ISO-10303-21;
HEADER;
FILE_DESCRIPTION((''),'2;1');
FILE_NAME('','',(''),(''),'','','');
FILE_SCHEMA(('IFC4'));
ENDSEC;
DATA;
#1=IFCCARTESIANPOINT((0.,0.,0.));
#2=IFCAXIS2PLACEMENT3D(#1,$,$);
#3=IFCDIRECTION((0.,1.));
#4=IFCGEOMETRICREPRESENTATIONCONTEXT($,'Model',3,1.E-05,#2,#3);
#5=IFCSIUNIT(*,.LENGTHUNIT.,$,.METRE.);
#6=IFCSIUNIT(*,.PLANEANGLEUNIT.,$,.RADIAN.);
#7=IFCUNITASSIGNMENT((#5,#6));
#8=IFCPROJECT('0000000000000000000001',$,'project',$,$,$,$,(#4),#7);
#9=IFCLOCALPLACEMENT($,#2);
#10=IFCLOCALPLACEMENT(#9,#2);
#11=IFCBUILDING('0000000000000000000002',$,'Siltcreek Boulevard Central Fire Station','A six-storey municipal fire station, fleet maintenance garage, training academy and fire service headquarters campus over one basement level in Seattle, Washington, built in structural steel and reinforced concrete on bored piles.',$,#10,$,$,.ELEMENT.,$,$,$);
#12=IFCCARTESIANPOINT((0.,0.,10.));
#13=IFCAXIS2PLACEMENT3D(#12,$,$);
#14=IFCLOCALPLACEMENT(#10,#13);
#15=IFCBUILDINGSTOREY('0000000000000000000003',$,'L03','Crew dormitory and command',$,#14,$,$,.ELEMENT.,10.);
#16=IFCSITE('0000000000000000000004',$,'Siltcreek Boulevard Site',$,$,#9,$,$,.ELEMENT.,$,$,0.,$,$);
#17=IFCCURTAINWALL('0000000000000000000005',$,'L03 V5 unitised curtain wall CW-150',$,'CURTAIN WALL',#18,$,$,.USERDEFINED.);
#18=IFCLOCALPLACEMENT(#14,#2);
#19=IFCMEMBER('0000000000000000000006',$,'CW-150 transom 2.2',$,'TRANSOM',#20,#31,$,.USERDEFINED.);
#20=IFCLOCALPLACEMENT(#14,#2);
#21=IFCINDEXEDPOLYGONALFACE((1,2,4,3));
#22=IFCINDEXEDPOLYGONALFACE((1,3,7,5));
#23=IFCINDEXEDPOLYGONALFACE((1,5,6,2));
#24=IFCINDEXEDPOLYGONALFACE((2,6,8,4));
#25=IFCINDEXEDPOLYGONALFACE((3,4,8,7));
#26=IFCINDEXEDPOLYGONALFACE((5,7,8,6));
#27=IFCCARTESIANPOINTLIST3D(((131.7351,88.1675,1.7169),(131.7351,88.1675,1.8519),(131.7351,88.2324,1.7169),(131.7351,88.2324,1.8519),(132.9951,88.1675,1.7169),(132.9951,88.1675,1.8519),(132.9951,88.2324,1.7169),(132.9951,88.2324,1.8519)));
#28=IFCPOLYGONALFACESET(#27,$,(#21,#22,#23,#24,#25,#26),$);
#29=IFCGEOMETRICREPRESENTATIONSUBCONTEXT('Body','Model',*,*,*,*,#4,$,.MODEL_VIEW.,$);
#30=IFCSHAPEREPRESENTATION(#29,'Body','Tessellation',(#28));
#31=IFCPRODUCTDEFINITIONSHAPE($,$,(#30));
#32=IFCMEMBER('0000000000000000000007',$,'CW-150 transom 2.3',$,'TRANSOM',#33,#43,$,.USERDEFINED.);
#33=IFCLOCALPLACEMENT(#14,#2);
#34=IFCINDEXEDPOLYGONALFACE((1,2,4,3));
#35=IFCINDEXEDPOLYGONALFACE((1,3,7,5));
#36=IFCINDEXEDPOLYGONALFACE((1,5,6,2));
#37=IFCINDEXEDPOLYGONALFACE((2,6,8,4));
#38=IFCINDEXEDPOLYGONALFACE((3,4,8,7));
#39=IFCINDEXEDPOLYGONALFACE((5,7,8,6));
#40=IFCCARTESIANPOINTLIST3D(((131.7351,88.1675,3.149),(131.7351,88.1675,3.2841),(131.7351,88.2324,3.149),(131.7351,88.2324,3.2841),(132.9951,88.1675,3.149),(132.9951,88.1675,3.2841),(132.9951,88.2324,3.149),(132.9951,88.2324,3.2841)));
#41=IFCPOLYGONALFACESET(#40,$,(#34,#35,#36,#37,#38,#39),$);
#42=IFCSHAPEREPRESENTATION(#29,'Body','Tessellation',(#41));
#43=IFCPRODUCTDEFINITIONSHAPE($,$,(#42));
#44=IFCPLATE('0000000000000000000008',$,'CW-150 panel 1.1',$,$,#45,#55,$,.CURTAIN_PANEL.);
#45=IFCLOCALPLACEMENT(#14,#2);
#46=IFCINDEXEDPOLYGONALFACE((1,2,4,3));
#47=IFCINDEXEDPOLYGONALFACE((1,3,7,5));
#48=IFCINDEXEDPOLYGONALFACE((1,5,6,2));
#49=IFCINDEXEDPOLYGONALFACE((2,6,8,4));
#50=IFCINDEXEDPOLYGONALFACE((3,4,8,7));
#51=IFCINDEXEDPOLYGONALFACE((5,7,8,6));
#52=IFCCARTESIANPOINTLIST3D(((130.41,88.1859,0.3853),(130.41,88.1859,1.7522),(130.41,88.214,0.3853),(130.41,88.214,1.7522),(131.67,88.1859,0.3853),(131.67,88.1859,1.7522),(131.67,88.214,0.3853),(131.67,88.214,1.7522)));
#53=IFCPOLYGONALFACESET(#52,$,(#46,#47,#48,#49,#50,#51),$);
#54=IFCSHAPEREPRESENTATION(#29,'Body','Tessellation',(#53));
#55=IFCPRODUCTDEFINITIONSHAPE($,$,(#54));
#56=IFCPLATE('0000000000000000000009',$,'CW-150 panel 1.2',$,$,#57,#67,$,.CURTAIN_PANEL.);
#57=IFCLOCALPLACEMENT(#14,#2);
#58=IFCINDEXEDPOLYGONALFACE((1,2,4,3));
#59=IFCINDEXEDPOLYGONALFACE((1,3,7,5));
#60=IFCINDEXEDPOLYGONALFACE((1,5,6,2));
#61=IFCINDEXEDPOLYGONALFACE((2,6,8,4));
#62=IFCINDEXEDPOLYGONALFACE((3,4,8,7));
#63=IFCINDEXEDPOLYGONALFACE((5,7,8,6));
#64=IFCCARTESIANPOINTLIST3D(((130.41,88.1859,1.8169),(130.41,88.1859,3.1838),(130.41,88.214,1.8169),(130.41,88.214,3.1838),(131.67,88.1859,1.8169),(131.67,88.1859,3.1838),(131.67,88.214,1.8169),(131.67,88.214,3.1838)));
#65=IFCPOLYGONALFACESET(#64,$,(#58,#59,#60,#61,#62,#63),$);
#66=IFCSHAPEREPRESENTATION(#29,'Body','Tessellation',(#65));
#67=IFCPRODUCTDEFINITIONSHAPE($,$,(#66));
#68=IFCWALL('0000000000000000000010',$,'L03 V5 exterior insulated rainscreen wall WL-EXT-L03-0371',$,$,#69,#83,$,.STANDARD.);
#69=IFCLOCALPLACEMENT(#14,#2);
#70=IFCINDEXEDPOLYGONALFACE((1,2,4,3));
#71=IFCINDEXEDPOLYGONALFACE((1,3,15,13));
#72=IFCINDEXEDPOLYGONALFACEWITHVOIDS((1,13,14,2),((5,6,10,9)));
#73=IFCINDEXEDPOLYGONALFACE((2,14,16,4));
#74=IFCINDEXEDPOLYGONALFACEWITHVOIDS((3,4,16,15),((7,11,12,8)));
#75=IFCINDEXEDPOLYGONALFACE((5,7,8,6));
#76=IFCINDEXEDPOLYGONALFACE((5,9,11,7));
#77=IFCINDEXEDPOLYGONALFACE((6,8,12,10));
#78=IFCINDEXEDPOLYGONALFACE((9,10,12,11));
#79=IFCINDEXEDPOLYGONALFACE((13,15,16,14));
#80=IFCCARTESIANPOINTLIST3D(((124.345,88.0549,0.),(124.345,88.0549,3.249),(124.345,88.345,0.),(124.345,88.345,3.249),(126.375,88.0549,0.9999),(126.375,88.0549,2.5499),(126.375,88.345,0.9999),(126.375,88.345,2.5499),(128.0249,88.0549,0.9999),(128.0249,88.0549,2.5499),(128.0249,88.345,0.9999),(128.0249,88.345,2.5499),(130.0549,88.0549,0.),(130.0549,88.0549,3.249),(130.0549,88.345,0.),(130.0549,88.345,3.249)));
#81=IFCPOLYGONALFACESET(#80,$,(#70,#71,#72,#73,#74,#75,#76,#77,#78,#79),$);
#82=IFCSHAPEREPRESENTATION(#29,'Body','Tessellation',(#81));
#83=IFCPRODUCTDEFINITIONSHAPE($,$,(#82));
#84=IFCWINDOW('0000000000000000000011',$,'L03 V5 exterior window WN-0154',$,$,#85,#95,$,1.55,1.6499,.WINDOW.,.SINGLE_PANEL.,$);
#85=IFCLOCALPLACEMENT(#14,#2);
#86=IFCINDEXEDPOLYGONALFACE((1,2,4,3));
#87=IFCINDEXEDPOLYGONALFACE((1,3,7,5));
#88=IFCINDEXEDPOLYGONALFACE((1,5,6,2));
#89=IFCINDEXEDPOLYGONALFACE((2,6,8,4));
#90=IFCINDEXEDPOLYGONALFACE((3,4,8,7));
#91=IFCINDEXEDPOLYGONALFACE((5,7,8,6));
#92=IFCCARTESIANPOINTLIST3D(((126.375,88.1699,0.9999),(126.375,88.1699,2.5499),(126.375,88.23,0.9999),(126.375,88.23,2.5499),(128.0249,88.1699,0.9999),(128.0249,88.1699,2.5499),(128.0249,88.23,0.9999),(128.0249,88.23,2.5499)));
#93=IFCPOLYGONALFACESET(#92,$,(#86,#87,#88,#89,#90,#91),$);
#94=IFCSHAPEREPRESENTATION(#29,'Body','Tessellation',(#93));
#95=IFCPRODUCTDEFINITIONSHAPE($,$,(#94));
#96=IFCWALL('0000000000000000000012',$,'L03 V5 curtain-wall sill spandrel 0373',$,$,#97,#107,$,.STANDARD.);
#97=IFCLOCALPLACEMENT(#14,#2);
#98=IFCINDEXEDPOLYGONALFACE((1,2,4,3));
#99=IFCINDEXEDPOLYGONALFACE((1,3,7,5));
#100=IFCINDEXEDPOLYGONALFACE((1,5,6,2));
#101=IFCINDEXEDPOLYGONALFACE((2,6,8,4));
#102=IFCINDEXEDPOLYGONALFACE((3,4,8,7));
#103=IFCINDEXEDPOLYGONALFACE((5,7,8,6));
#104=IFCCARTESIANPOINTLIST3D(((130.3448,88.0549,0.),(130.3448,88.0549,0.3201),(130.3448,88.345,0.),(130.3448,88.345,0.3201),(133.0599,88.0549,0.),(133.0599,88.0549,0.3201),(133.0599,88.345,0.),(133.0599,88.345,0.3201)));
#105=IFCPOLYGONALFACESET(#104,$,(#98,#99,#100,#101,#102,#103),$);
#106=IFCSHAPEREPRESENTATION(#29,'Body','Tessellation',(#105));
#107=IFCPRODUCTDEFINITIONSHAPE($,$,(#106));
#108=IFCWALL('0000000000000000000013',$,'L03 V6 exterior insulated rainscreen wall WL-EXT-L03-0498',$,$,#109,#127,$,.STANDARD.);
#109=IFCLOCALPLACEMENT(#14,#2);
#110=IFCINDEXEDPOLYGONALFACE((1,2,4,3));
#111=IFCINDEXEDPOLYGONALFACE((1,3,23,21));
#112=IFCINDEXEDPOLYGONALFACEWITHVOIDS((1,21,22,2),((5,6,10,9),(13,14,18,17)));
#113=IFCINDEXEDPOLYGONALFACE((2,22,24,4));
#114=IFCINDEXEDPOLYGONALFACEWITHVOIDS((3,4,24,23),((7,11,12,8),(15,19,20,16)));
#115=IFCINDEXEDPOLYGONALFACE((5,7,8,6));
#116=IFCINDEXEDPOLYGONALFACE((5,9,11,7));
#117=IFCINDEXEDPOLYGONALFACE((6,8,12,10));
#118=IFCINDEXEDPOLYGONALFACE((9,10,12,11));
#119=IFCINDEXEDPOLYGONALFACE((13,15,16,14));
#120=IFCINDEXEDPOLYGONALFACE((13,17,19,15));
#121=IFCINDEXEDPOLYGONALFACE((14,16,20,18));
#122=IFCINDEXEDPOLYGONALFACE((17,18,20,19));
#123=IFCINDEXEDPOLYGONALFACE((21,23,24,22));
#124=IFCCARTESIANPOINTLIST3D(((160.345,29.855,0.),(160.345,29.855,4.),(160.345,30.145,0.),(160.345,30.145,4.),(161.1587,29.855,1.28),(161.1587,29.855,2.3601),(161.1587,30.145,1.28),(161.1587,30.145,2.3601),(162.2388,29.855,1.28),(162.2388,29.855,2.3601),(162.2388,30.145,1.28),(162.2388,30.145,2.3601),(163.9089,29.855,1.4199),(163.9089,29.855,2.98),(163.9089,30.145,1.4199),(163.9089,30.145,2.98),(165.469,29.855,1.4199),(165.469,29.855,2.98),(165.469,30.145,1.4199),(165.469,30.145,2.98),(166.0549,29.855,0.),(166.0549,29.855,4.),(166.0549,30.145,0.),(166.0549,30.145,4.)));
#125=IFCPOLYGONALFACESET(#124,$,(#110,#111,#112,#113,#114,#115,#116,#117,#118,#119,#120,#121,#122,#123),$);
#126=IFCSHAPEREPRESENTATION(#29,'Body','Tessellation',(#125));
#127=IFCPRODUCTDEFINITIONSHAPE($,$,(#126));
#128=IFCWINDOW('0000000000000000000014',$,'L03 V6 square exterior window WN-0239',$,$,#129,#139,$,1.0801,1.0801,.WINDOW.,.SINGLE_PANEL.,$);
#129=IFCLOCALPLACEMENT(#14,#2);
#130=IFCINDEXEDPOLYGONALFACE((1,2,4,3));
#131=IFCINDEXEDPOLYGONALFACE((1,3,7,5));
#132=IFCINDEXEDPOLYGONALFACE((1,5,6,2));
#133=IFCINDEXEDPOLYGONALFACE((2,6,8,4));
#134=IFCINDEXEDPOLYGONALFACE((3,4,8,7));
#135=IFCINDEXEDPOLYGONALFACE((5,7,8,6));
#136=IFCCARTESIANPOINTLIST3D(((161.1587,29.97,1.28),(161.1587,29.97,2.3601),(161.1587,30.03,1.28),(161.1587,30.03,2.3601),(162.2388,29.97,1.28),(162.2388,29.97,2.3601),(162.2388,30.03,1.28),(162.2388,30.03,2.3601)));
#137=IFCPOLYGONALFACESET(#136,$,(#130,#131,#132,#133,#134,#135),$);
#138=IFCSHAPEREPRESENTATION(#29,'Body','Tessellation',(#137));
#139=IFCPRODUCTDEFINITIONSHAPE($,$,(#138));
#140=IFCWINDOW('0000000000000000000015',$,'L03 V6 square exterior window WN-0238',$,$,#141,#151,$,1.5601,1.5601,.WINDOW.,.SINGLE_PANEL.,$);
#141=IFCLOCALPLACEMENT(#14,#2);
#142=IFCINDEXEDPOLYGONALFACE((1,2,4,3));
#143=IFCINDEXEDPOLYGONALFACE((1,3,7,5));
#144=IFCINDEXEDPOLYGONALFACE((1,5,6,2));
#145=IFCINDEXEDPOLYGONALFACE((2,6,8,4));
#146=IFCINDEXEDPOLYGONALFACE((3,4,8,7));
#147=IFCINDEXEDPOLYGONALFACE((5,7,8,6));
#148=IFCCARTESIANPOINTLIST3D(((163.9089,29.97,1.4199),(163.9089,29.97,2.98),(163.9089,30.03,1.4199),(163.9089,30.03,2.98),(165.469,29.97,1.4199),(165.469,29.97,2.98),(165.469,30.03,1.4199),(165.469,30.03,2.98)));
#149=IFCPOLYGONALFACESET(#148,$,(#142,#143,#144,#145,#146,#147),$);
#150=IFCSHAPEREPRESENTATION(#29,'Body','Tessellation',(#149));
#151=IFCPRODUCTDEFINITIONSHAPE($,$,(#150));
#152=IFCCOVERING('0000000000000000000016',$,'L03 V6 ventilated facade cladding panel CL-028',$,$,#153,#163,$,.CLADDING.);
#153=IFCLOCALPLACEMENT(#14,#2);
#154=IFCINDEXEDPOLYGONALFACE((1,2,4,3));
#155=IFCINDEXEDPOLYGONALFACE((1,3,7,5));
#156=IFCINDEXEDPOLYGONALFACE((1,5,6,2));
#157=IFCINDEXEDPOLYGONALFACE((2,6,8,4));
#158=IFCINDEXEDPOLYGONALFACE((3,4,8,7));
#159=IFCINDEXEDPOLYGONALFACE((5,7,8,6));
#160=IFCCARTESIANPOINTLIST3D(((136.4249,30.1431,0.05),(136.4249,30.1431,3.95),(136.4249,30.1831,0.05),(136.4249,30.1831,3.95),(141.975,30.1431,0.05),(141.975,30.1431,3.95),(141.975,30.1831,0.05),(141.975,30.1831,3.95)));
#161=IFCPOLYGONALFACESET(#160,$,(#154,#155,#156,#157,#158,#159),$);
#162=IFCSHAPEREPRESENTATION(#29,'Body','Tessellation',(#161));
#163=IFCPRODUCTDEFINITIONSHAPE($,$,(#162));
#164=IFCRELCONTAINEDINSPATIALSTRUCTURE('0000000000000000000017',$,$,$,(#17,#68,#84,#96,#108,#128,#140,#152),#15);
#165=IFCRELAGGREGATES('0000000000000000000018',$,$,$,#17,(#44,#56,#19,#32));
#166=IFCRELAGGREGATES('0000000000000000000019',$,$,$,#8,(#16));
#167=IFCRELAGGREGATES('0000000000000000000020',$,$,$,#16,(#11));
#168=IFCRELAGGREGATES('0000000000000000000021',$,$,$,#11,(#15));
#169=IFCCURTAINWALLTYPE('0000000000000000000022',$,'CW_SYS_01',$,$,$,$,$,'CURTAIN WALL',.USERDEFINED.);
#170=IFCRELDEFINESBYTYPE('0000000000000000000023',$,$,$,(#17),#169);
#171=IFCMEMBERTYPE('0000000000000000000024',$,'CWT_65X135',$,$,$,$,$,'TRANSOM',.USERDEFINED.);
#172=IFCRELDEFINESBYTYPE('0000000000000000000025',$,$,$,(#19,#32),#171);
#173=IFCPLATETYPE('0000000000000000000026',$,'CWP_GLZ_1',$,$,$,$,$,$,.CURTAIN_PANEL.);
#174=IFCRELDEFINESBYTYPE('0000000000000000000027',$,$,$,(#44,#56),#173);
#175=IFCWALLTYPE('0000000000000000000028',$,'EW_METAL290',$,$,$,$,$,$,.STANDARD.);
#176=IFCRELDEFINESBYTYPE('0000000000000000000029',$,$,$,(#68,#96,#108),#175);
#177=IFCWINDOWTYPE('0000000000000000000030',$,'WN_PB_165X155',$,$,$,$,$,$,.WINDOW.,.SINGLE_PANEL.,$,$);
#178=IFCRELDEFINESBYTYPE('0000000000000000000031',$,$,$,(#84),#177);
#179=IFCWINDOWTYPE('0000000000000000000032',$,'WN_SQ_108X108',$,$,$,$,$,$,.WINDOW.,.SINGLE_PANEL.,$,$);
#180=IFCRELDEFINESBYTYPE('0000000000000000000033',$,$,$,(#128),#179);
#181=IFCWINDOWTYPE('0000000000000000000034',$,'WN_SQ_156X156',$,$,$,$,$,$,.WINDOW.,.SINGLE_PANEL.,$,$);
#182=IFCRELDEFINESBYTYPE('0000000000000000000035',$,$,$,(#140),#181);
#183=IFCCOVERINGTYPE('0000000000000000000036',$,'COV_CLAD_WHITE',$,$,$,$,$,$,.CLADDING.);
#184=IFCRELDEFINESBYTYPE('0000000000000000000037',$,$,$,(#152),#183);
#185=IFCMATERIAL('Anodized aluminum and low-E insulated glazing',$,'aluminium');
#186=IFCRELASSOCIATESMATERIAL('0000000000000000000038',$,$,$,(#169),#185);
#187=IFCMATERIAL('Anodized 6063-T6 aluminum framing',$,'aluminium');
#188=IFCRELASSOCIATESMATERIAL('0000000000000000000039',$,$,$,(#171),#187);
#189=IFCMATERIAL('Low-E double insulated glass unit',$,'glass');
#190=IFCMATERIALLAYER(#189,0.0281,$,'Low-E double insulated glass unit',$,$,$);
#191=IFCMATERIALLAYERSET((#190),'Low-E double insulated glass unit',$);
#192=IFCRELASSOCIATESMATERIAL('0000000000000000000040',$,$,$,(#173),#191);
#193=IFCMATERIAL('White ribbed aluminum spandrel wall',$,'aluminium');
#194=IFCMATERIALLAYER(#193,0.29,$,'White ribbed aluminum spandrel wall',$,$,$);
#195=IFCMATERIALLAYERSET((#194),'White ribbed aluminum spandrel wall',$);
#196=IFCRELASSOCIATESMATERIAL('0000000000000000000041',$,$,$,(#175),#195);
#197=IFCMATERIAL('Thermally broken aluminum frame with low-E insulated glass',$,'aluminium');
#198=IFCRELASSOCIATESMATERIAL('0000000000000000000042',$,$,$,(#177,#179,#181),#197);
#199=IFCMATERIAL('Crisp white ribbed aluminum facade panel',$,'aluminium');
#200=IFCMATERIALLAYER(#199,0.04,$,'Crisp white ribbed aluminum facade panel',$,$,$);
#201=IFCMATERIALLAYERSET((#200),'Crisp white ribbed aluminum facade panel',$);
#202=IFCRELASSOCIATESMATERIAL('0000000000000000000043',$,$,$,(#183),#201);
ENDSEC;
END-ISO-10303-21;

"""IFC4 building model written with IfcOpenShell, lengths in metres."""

from ifc_helpers import new_model, si_unit, direction, frame, frame_2d, origin, origin_2d, place, context, subcontext, project, spatial, rectangle, extrude, material, layer, layer_set, material_profile, profile_set, type_object, element, fill, aggregate, save


model = new_model("IFC4")

# Units and contexts
model_context = context("Model", 3, precision=1e-05, world=origin(), true_north=direction((0.0, 1.0)))
body_context = subcontext(model_context, "Body", "Model", "MODEL_VIEW")
ifc_project = project(units=[si_unit("LENGTHUNIT", "METRE"), si_unit("PLANEANGLEUNIT", "RADIAN")], contexts=[model_context])

# Site, building, storey
site_placement = place(None, origin())
site = spatial("IfcSite", under=ifc_project, at=site_placement, Name="Siltcreek Boulevard Site", CompositionType="ELEMENT", RefElevation=0.0)
building_placement = place(site_placement, origin())
building = spatial("IfcBuilding", under=site, at=building_placement, Name="Siltcreek Boulevard Central Fire Station", Description="A six-storey municipal fire station, fleet maintenance garage, training academy and fire service headquarters campus over one basement level in Seattle, Washington, built in structural steel and reinforced concrete on bored piles.", CompositionType="ELEMENT")
storey_placement = place(building_placement, frame((0.0, 0.0, 10.0)))
storey = spatial("IfcBuildingStorey", under=building, at=storey_placement, Name="L03", Description="Crew dormitory and command", CompositionType="ELEMENT", Elevation=10.0)

# Curtain wall, members, plates
ifc_material_1 = material(Name="Anodized aluminum and low-E insulated glazing", Category="aluminium")
curtain_wall_type = type_object("IfcCurtainWallType", Name="CW_SYS_01", ElementType="CURTAIN WALL", PredefinedType="USERDEFINED", material=ifc_material_1)
curtain_wall_placement = place(storey_placement, origin())
curtain_wall = element("IfcCurtainWall", 1, at=curtain_wall_placement, inside=storey, type_object=curtain_wall_type, Name="L03 V5 unitised curtain wall CW-150", ObjectType="CURTAIN WALL", PredefinedType="USERDEFINED")
ifc_material_2 = material(Name="Anodized 6063-T6 aluminum framing", Category="aluminium")
ifc_material_profile_1 = material_profile(ifc_material_2, rectangle(XDim=0.0649, YDim=0.135, at=origin_2d()), Name="TRAN65X135")
ifc_profile_set_1 = profile_set([ifc_material_profile_1], Name="Anodized 6063-T6 aluminum framing")
member_type_1 = type_object("IfcMemberType", Name="CWT_65X135", ElementType="TRANSOM", PredefinedType="USERDEFINED", material=ifc_profile_set_1)
member_1_placement = place(storey_placement, frame((131.7351, 88.2, 1.7844), z_axis=(1.0, 0.0, 0.0), x_axis=(0.0, 1.0, 0.0)))
member_1 = element("IfcMember", 2, at=member_1_placement, type_object=member_type_1, Name="CW-150 transom 2.2", ObjectType="TRANSOM", PredefinedType="USERDEFINED", context=body_context, shape_type="SweptSolid", body=[
    extrude(rectangle(XDim=0.0649, YDim=0.135, at=origin_2d()), origin(), (0.0, 0.0, 1.0), 1.26),
])
member_2_placement = place(storey_placement, frame((131.7351, 88.2, 3.2166), z_axis=(1.0, 0.0, 0.0), x_axis=(0.0, 1.0, 0.0)))
member_2 = element("IfcMember", 3, at=member_2_placement, type_object=member_type_1, Name="CW-150 transom 2.3", ObjectType="TRANSOM", PredefinedType="USERDEFINED", context=body_context, shape_type="SweptSolid", body=[
    extrude(rectangle(XDim=0.0649, YDim=0.135, at=origin_2d()), origin(), (0.0, 0.0, 1.0), 1.26),
])
ifc_material_3 = material(Name="Low-E double insulated glass unit", Category="glass")
ifc_layer_1 = layer(ifc_material_3, 0.0281, Name="Low-E double insulated glass unit")
ifc_layer_set_1 = layer_set([ifc_layer_1], Name="Low-E double insulated glass unit")
plate_type = type_object("IfcPlateType", Name="CWP_GLZ_1", PredefinedType="CURTAIN_PANEL", material=ifc_layer_set_1)
plate_1_placement = place(storey_placement, frame((131.04, 88.2, 0.3853), z_axis=(0.0, 0.0, 1.0), x_axis=(1.0, 0.0, 0.0)))
plate_1 = element("IfcPlate", 4, at=plate_1_placement, type_object=plate_type, Name="CW-150 panel 1.1", PredefinedType="CURTAIN_PANEL", context=body_context, shape_type="SweptSolid", body=[
    extrude(rectangle(XDim=1.26, YDim=0.0281, at=origin_2d()), origin(), (0.0, 0.0, 1.0), 1.3669),
])
plate_2_placement = place(storey_placement, frame((131.04, 88.2, 1.8169), z_axis=(0.0, 0.0, 1.0), x_axis=(1.0, 0.0, 0.0)))
plate_2 = element("IfcPlate", 5, at=plate_2_placement, type_object=plate_type, Name="CW-150 panel 1.2", PredefinedType="CURTAIN_PANEL", context=body_context, shape_type="SweptSolid", body=[
    extrude(rectangle(XDim=1.26, YDim=0.0281, at=origin_2d()), origin(), (0.0, 0.0, 1.0), 1.3669),
])
aggregate(curtain_wall, [plate_1, plate_2, member_1, member_2])

# Wall, opening, window
ifc_material_4 = material(Name="White ribbed aluminum spandrel wall", Category="aluminium")
ifc_layer_2 = layer(ifc_material_4, 0.29, Name="White ribbed aluminum spandrel wall")
ifc_layer_set_2 = layer_set([ifc_layer_2], Name="White ribbed aluminum spandrel wall")
wall_type = type_object("IfcWallType", Name="EW_METAL290", PredefinedType="STANDARD", material=ifc_layer_set_2)
wall_1_placement = place(storey_placement, frame((124.345, 88.2, 0.0), z_axis=(0.0, 0.0, 1.0), x_axis=(1.0, 0.0, 0.0)))
wall_1 = element("IfcWall", 6, at=wall_1_placement, inside=storey, type_object=wall_type, Name="L03 V5 exterior insulated rainscreen wall WL-EXT-L03-0371", PredefinedType="STANDARD", context=body_context, shape_type="SweptSolid", body=[
    extrude(rectangle(XDim=5.71, YDim=0.29, at=frame_2d((2.855, 0.0))), origin(), (0.0, 0.0, 1.0), 3.249),
])
opening_1_placement = place(wall_1_placement, frame((2.03, 0.0, 1.0)))
opening_1 = element("IfcOpeningElement", 7, at=opening_1_placement, cuts=wall_1, PredefinedType="OPENING", context=body_context, shape_type="SweptSolid", body=[
    extrude(rectangle(XDim=1.6499, YDim=1.55, at=frame_2d((0.825, 0.7749))), frame((0.0, 0.155, 0.0), z_axis=(0.0, -1.0, 0.0), x_axis=(1.0, 0.0, 0.0)), (0.0, 0.0, 1.0), 0.3101),
])
ifc_material_5 = material(Name="Thermally broken aluminum frame with low-E insulated glass", Category="aluminium")
window_type_1 = type_object("IfcWindowType", Name="WN_PB_165X155", PartitioningType="SINGLE_PANEL", PredefinedType="WINDOW", material=ifc_material_5)
window_1_placement = place(opening_1_placement, origin())
window_1 = element("IfcWindow", 8, at=window_1_placement, inside=storey, type_object=window_type_1, Name="L03 V5 exterior window WN-0154", OverallHeight=1.55, OverallWidth=1.6499, PartitioningType="SINGLE_PANEL", PredefinedType="WINDOW", context=body_context, shape_type="SweptSolid", body=[
    extrude(rectangle(XDim=1.6499, YDim=1.55, at=frame_2d((0.825, 0.7749))), frame((0.0, 0.03, 0.0), z_axis=(0.0, -1.0, 0.0), x_axis=(1.0, 0.0, 0.0)), (0.0, 0.0, 1.0), 0.0601),
])
fill(opening_1, window_1)

# Wall
wall_2_placement = place(storey_placement, frame((130.345, 88.2, 0.0), z_axis=(0.0, 0.0, 1.0), x_axis=(1.0, 0.0, 0.0)))
element("IfcWall", 9, at=wall_2_placement, inside=storey, type_object=wall_type, Name="L03 V5 curtain-wall sill spandrel 0373", PredefinedType="STANDARD", context=body_context, shape_type="SweptSolid", body=[
    extrude(rectangle(XDim=2.7151, YDim=0.29, at=frame_2d((1.3574, 0.0))), origin(), (0.0, 0.0, 1.0), 0.3201),
])

# Wall, openings, windows
wall_3_placement = place(storey_placement, frame((166.0549, 30.0, 0.0), z_axis=(0.0, 0.0, 1.0), x_axis=(-1.0, 0.0, 0.0)))
wall_3 = element("IfcWall", 10, at=wall_3_placement, inside=storey, type_object=wall_type, Name="L03 V6 exterior insulated rainscreen wall WL-EXT-L03-0498", PredefinedType="STANDARD", context=body_context, shape_type="SweptSolid", body=[
    extrude(rectangle(XDim=5.71, YDim=0.29, at=frame_2d((2.855, 0.0))), origin(), (0.0, 0.0, 1.0), 4.0),
])
opening_2_placement = place(wall_3_placement, frame((0.5859, 0.0, 1.4199)))
opening_2 = element("IfcOpeningElement", 11, at=opening_2_placement, cuts=wall_3, PredefinedType="OPENING", context=body_context, shape_type="SweptSolid", body=[
    extrude(rectangle(XDim=1.5601, YDim=1.5601, at=frame_2d((0.78, 0.78))), frame((0.0, 0.155, 0.0), z_axis=(0.0, -1.0, 0.0), x_axis=(1.0, 0.0, 0.0)), (0.0, 0.0, 1.0), 0.3101),
])
opening_3_placement = place(wall_3_placement, frame((3.8162, 0.0, 1.28)))
opening_3 = element("IfcOpeningElement", 12, at=opening_3_placement, cuts=wall_3, PredefinedType="OPENING", context=body_context, shape_type="SweptSolid", body=[
    extrude(rectangle(XDim=1.0801, YDim=1.0801, at=frame_2d((0.54, 0.54))), frame((0.0, 0.155, 0.0), z_axis=(0.0, -1.0, 0.0), x_axis=(1.0, 0.0, 0.0)), (0.0, 0.0, 1.0), 0.3101),
])
window_type_2 = type_object("IfcWindowType", Name="WN_SQ_108X108", PartitioningType="SINGLE_PANEL", PredefinedType="WINDOW", material=ifc_material_5)
window_2_placement = place(opening_3_placement, origin())
window_2 = element("IfcWindow", 13, at=window_2_placement, inside=storey, type_object=window_type_2, Name="L03 V6 square exterior window WN-0239", OverallHeight=1.0801, OverallWidth=1.0801, PartitioningType="SINGLE_PANEL", PredefinedType="WINDOW", context=body_context, shape_type="SweptSolid", body=[
    extrude(rectangle(XDim=1.0801, YDim=1.0801, at=frame_2d((0.54, 0.54))), frame((0.0, 0.03, 0.0), z_axis=(0.0, -1.0, 0.0), x_axis=(1.0, 0.0, 0.0)), (0.0, 0.0, 1.0), 0.0601),
])
fill(opening_3, window_2)
window_type_3 = type_object("IfcWindowType", Name="WN_SQ_156X156", PartitioningType="SINGLE_PANEL", PredefinedType="WINDOW", material=ifc_material_5)
window_3_placement = place(opening_2_placement, origin())
window_3 = element("IfcWindow", 14, at=window_3_placement, inside=storey, type_object=window_type_3, Name="L03 V6 square exterior window WN-0238", OverallHeight=1.5601, OverallWidth=1.5601, PartitioningType="SINGLE_PANEL", PredefinedType="WINDOW", context=body_context, shape_type="SweptSolid", body=[
    extrude(rectangle(XDim=1.5601, YDim=1.5601, at=frame_2d((0.78, 0.78))), frame((0.0, 0.03, 0.0), z_axis=(0.0, -1.0, 0.0), x_axis=(1.0, 0.0, 0.0)), (0.0, 0.0, 1.0), 0.0601),
])
fill(opening_2, window_3)

# Covering
ifc_material_6 = material(Name="Crisp white ribbed aluminum facade panel", Category="aluminium")
ifc_layer_3 = layer(ifc_material_6, 0.04, Name="Crisp white ribbed aluminum facade panel")
ifc_layer_set_3 = layer_set([ifc_layer_3], Name="Crisp white ribbed aluminum facade panel")
covering_type = type_object("IfcCoveringType", Name="COV_CLAD_WHITE", PredefinedType="CLADDING", material=ifc_layer_set_3)
covering_placement = place(storey_placement, frame((139.2, 30.1631, 0.05), z_axis=(0.0, 0.0, 1.0), x_axis=(-1.0, 0.0, 0.0)))
element("IfcCovering", 15, at=covering_placement, inside=storey, type_object=covering_type, Name="L03 V6 ventilated facade cladding panel CL-028", PredefinedType="CLADDING", context=body_context, shape_type="SweptSolid", body=[
    extrude(rectangle(XDim=5.55, YDim=0.04, at=origin_2d()), origin(), (0.0, 0.0, 1.0), 3.8999),
])

save(model, "model.ifc")
